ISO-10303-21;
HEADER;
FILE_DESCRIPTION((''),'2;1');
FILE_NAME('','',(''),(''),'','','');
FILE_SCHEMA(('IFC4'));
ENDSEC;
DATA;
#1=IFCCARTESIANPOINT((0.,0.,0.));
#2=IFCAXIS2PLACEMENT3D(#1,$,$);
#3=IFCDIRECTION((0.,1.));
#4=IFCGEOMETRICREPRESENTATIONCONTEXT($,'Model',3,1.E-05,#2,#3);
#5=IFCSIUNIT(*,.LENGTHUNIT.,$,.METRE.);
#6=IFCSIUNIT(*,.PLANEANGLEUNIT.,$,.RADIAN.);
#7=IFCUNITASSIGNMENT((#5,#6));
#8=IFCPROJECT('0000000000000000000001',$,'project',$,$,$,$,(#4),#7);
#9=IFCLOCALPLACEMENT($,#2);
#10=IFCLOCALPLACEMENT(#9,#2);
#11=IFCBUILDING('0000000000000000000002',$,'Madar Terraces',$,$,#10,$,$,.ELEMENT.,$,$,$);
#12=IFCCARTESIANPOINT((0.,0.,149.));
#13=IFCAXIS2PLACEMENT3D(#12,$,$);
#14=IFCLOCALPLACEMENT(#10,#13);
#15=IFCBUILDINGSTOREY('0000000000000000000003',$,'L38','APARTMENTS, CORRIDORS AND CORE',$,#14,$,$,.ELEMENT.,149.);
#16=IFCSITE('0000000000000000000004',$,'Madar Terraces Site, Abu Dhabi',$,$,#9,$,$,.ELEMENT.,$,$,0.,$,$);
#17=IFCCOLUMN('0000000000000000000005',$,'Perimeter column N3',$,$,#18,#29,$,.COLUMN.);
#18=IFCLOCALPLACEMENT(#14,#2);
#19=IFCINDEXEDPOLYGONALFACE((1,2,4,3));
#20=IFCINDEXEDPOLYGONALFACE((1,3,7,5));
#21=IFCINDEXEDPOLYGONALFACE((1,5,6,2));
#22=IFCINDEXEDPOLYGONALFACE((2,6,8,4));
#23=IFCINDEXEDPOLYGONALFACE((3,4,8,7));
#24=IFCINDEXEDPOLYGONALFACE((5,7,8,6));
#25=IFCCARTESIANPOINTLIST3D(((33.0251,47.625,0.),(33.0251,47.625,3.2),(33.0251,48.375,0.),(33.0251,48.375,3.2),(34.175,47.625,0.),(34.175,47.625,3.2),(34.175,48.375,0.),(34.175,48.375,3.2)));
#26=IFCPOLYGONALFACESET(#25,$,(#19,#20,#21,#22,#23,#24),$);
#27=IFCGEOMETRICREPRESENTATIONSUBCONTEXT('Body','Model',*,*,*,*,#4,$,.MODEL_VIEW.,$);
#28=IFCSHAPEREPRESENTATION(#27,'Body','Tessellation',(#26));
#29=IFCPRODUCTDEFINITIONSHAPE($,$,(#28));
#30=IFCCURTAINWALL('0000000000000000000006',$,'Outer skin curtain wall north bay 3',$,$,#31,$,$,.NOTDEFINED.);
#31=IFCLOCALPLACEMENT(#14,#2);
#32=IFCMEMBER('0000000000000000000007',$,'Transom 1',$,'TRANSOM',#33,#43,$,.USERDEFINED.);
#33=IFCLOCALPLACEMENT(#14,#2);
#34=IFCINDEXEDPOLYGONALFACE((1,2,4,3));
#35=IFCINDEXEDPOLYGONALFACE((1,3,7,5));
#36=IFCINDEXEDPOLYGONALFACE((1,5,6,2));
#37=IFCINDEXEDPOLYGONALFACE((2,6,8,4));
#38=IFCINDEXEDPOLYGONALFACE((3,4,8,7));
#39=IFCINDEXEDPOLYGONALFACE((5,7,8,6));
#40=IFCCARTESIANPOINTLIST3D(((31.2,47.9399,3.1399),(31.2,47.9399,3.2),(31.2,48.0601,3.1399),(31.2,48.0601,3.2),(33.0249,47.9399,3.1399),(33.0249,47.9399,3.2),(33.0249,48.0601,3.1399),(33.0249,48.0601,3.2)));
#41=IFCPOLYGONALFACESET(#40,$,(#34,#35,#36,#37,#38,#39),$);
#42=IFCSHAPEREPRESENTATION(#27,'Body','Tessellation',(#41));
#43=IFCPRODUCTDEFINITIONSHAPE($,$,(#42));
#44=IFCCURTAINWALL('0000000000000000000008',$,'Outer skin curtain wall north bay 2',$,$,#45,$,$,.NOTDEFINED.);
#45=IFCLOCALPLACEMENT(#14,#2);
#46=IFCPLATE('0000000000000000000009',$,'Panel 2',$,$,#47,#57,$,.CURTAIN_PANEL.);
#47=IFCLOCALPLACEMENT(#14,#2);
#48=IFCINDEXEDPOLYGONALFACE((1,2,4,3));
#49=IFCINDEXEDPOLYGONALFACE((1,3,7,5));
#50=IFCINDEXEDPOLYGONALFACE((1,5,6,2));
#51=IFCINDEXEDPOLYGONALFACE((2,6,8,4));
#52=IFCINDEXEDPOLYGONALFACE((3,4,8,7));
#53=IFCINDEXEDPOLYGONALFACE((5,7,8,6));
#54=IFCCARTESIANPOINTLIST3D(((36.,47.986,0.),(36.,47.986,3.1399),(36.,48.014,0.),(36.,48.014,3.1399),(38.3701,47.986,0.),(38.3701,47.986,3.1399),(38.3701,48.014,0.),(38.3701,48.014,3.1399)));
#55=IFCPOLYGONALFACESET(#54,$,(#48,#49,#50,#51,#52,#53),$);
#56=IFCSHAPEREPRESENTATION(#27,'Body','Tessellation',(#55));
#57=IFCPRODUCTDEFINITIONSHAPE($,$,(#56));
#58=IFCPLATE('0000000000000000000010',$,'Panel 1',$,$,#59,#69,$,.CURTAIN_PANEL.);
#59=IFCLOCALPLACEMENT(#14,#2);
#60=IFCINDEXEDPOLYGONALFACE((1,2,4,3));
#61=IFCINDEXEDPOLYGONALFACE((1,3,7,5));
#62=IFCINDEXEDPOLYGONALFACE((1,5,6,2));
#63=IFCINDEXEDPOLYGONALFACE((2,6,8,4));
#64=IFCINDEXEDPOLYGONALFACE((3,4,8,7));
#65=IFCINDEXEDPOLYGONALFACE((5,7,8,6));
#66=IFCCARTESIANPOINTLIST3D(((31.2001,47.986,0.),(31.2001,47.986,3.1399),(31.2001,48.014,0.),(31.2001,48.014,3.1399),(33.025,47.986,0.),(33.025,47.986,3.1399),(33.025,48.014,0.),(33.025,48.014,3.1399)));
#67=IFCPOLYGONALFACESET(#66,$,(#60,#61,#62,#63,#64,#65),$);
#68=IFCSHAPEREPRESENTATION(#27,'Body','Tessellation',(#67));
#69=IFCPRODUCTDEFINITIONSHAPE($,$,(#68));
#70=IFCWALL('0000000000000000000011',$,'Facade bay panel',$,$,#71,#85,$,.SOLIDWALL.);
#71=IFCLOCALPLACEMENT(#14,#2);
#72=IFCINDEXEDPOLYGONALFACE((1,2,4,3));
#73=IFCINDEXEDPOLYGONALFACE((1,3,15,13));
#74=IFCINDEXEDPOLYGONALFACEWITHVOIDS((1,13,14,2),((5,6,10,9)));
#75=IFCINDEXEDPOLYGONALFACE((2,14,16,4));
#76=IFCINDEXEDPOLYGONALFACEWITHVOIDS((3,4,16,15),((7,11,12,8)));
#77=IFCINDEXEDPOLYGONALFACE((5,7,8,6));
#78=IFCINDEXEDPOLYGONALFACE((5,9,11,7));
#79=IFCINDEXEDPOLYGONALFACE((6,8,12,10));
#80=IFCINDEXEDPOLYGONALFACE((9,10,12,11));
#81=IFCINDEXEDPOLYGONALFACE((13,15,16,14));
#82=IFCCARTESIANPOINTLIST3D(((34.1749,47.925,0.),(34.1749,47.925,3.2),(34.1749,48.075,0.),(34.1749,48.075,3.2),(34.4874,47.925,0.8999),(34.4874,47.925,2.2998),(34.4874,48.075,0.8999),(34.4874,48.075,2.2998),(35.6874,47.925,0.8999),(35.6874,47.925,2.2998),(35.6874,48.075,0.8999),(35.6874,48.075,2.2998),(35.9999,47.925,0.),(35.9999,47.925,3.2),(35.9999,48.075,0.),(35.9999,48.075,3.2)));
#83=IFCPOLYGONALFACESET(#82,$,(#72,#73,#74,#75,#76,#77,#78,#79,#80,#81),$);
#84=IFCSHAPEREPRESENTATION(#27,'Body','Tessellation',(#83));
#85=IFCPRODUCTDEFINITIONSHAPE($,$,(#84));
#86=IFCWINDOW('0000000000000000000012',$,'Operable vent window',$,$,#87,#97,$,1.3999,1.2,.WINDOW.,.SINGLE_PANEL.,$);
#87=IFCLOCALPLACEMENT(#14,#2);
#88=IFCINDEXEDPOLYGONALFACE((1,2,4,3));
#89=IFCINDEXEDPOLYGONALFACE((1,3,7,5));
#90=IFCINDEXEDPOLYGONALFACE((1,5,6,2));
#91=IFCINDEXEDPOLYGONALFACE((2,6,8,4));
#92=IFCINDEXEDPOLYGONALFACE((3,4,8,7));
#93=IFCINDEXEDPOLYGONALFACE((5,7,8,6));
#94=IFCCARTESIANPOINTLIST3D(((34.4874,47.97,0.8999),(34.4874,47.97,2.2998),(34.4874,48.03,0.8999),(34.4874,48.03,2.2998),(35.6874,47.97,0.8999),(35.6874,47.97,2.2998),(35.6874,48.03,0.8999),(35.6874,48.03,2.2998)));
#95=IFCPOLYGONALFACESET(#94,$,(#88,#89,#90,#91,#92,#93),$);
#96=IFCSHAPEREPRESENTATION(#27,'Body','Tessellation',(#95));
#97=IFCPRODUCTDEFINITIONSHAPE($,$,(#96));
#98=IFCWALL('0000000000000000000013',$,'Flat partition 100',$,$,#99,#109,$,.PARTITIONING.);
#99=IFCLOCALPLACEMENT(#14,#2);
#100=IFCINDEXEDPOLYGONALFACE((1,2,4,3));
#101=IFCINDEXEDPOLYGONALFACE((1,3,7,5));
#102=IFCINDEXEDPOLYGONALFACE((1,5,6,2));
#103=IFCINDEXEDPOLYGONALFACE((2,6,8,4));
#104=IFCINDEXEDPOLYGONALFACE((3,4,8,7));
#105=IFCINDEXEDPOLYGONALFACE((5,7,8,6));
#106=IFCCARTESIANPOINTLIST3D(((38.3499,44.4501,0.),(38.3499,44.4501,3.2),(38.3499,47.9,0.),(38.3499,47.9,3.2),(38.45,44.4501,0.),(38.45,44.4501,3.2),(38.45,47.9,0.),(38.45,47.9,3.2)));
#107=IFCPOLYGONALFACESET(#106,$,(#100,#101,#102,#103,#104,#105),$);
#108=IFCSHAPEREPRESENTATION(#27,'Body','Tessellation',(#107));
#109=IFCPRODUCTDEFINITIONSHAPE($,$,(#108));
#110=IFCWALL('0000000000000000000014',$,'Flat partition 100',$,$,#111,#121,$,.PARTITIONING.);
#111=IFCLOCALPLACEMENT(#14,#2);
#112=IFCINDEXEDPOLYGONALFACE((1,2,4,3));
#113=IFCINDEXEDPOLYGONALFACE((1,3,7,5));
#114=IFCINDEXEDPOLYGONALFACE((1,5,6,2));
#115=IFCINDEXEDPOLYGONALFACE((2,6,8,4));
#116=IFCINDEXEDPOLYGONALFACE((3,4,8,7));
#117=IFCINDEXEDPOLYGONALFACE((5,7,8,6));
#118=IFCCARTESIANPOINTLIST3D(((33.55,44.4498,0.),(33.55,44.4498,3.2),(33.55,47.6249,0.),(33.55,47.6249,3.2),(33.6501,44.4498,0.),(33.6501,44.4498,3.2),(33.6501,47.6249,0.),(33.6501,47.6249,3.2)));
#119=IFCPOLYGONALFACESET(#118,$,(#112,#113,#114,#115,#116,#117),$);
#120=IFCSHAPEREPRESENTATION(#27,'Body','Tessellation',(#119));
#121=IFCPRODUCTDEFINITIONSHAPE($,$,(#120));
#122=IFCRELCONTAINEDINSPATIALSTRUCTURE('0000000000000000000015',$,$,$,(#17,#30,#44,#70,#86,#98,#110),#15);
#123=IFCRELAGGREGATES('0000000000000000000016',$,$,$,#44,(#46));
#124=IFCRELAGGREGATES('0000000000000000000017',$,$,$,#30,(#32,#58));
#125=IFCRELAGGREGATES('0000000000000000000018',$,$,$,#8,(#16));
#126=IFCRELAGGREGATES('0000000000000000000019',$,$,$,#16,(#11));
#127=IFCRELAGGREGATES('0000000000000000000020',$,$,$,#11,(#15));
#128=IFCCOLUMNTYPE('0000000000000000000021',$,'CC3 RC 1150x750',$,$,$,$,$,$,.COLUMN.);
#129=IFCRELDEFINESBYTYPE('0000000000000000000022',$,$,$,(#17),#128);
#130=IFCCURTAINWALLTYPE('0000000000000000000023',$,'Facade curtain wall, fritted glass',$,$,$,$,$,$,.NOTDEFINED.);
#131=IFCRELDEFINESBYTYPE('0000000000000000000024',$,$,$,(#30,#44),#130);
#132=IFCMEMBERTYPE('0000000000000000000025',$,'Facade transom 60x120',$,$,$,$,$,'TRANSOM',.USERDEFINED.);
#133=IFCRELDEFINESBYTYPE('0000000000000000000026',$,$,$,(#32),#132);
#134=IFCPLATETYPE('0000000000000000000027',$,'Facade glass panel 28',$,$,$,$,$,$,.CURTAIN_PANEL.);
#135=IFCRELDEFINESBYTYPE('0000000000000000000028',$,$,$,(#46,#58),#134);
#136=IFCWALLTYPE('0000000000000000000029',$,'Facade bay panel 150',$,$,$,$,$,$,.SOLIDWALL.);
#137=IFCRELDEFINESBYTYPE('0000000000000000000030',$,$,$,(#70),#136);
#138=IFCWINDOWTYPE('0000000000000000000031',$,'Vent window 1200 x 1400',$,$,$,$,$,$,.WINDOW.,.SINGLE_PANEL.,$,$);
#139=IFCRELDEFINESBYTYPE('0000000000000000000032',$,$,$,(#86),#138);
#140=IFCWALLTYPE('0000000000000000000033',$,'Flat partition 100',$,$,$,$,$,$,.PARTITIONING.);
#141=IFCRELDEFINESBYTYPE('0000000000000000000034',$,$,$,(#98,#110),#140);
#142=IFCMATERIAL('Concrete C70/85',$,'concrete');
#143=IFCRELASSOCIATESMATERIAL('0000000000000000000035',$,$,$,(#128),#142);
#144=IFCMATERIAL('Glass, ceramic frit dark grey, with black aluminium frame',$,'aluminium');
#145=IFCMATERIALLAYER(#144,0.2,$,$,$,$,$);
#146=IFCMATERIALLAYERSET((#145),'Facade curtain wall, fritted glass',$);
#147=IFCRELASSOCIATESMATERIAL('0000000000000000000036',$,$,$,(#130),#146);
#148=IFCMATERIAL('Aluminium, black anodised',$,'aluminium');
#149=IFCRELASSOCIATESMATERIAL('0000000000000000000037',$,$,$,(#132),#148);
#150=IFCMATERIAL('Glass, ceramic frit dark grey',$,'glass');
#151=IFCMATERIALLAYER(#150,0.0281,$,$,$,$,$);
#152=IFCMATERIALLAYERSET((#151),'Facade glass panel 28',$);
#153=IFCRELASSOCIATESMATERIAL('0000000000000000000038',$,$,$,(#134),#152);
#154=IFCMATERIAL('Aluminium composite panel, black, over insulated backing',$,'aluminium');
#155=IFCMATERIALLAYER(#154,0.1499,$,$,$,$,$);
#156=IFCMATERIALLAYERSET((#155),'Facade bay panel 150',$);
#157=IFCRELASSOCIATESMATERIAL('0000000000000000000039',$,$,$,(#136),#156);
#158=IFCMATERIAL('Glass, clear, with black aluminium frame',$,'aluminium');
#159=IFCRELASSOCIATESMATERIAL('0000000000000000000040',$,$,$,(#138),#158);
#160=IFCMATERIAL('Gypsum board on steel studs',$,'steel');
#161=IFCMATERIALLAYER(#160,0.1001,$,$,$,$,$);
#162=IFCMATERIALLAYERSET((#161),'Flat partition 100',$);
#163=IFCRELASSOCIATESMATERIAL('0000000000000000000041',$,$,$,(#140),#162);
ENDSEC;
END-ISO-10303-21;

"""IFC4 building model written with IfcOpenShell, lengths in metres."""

from ifc_helpers import new_model, si_unit, direction, frame, frame_2d, origin, origin_2d, place, context, subcontext, project, spatial, rectangle, extrude, material, layer, layer_set, material_profile, profile_set, type_object, element, fill, aggregate, save


model = new_model("IFC4")

# Units and contexts
model_context = context("Model", 3, precision=1e-05, world=origin(), true_north=direction((0.0, 1.0)))
body_context = subcontext(model_context, "Body", "Model", "MODEL_VIEW")
ifc_project = project(units=[si_unit("LENGTHUNIT", "METRE"), si_unit("PLANEANGLEUNIT", "RADIAN")], contexts=[model_context])

# Site, building, storey
site_placement = place(None, origin())
site = spatial("IfcSite", under=ifc_project, at=site_placement, Name="Madar Terraces Site, Abu Dhabi", CompositionType="ELEMENT", RefElevation=0.0)
building_placement = place(site_placement, origin())
building = spatial("IfcBuilding", under=site, at=building_placement, Name="Madar Terraces", CompositionType="ELEMENT")
storey_placement = place(building_placement, frame((0.0, 0.0, 149.0)))
storey = spatial("IfcBuildingStorey", under=building, at=storey_placement, Name="L38", Description="APARTMENTS, CORRIDORS AND CORE", CompositionType="ELEMENT", Elevation=149.0)

# Column
ifc_material_1 = material(Name="Concrete C70/85", Category="concrete")
ifc_material_profile_1 = material_profile(ifc_material_1, rectangle(XDim=1.1499, YDim=0.75, at=origin_2d()), Name="CC3 RC 1150x750")
ifc_profile_set_1 = profile_set([ifc_material_profile_1], Name="Concrete C70/85")
column_type = type_object("IfcColumnType", Name="CC3 RC 1150x750", PredefinedType="COLUMN", material=ifc_profile_set_1)
column_placement = place(storey_placement, frame((33.6001, 48.0, 0.0), z_axis=(0.0, 0.0, 1.0), x_axis=(1.0, 0.0, 0.0)))
element("IfcColumn", 1, at=column_placement, inside=storey, type_object=column_type, Name="Perimeter column N3", PredefinedType="COLUMN", context=body_context, shape_type="SweptSolid", body=[
    extrude(rectangle(XDim=1.1499, YDim=0.75, at=origin_2d()), origin(), (0.0, 0.0, 1.0), 3.2),
])

# Curtain wall, member
ifc_material_2 = material(Name="Glass, ceramic frit dark grey, with black aluminium frame", Category="aluminium")
ifc_layer_1 = layer(ifc_material_2, 0.2)
ifc_layer_set_1 = layer_set([ifc_layer_1], Name="Facade curtain wall, fritted glass")
curtain_wall_type = type_object("IfcCurtainWallType", Name="Facade curtain wall, fritted glass", PredefinedType="NOTDEFINED", material=ifc_layer_set_1)
curtain_wall_1_placement = place(storey_placement, origin())
curtain_wall_1 = element("IfcCurtainWall", 2, at=curtain_wall_1_placement, inside=storey, type_object=curtain_wall_type, Name="Outer skin curtain wall north bay 3", PredefinedType="NOTDEFINED")
ifc_material_3 = material(Name="Aluminium, black anodised", Category="aluminium")
ifc_material_profile_2 = material_profile(ifc_material_3, rectangle(XDim=0.1201, YDim=0.0601, at=origin_2d()), Name="Facade transom 60x120")
ifc_profile_set_2 = profile_set([ifc_material_profile_2], Name="Aluminium, black anodised")
member_type = type_object("IfcMemberType", Name="Facade transom 60x120", ElementType="TRANSOM", PredefinedType="USERDEFINED", material=ifc_profile_set_2)
member_placement = place(storey_placement, frame((33.0249, 48.0, 3.1699), z_axis=(-1.0, 0.0, 0.0), x_axis=(0.0, -1.0, 0.0)))
member = element("IfcMember", 3, at=member_placement, type_object=member_type, Name="Transom 1", ObjectType="TRANSOM", PredefinedType="USERDEFINED", context=body_context, shape_type="SweptSolid", body=[
    extrude(rectangle(XDim=0.1201, YDim=0.0601, at=origin_2d()), origin(), (0.0, 0.0, 1.0), 1.825),
])

# Curtain wall, plate
curtain_wall_2_placement = place(storey_placement, origin())
curtain_wall_2 = element("IfcCurtainWall", 4, at=curtain_wall_2_placement, inside=storey, type_object=curtain_wall_type, Name="Outer skin curtain wall north bay 2", PredefinedType="NOTDEFINED")
ifc_material_4 = material(Name="Glass, ceramic frit dark grey", Category="glass")
ifc_layer_2 = layer(ifc_material_4, 0.0281)
ifc_layer_set_2 = layer_set([ifc_layer_2], Name="Facade glass panel 28")
plate_type = type_object("IfcPlateType", Name="Facade glass panel 28", PredefinedType="CURTAIN_PANEL", material=ifc_layer_set_2)
plate_1_placement = place(storey_placement, frame((37.1851, 48.0, 0.0), z_axis=(0.0, 0.0, 1.0), x_axis=(-1.0, 0.0, 0.0)))
plate_1 = element("IfcPlate", 5, at=plate_1_placement, type_object=plate_type, Name="Panel 2", PredefinedType="CURTAIN_PANEL", context=body_context, shape_type="SweptSolid", body=[
    extrude(rectangle(XDim=2.3701, YDim=0.0281, at=origin_2d()), origin(), (0.0, 0.0, 1.0), 3.1399),
])
aggregate(curtain_wall_2, [plate_1])

# Plate
plate_2_placement = place(storey_placement, frame((32.1125, 48.0, 0.0), z_axis=(0.0, 0.0, 1.0), x_axis=(-1.0, 0.0, 0.0)))
plate_2 = element("IfcPlate", 6, at=plate_2_placement, type_object=plate_type, Name="Panel 1", PredefinedType="CURTAIN_PANEL", context=body_context, shape_type="SweptSolid", body=[
    extrude(rectangle(XDim=1.825, YDim=0.0281, at=origin_2d()), origin(), (0.0, 0.0, 1.0), 3.1399),
])
aggregate(curtain_wall_1, [member, plate_2])

# Wall, opening, window
ifc_material_5 = material(Name="Aluminium composite panel, black, over insulated backing", Category="aluminium")
ifc_layer_3 = layer(ifc_material_5, 0.1499)
ifc_layer_set_3 = layer_set([ifc_layer_3], Name="Facade bay panel 150")
wall_type_1 = type_object("IfcWallType", Name="Facade bay panel 150", PredefinedType="SOLIDWALL", material=ifc_layer_set_3)
wall_1_placement = place(storey_placement, frame((36.0, 48.0, 0.0), z_axis=(0.0, 0.0, 1.0), x_axis=(-1.0, 0.0, 0.0)))
wall_1 = element("IfcWall", 7, at=wall_1_placement, inside=storey, type_object=wall_type_1, Name="Facade bay panel", PredefinedType="SOLIDWALL", context=body_context, shape_type="SweptSolid", body=[
    extrude(rectangle(XDim=1.825, YDim=0.1499, at=frame_2d((0.9126, 0.0))), origin(), (0.0, 0.0, 1.0), 3.2),
])
opening_1_placement = place(wall_1_placement, frame((0.3125, 0.0, 0.8999)))
opening_1 = element("IfcOpeningElement", 8, at=opening_1_placement, cuts=wall_1, PredefinedType="OPENING", context=body_context, shape_type="SweptSolid", body=[
    extrude(rectangle(XDim=1.2, YDim=1.3999, at=frame_2d((0.6001, 0.7))), frame((0.0, 0.085, 0.0), z_axis=(0.0, -1.0, 0.0), x_axis=(1.0, 0.0, 0.0)), (0.0, 0.0, 1.0), 0.1699),
])
ifc_material_6 = material(Name="Glass, clear, with black aluminium frame", Category="aluminium")
window_type = type_object("IfcWindowType", Name="Vent window 1200 x 1400", PartitioningType="SINGLE_PANEL", PredefinedType="WINDOW", material=ifc_material_6)
window_placement = place(opening_1_placement, origin())
window = element("IfcWindow", 9, at=window_placement, inside=storey, type_object=window_type, Name="Operable vent window", OverallHeight=1.3999, OverallWidth=1.2, PartitioningType="SINGLE_PANEL", PredefinedType="WINDOW", context=body_context, shape_type="SweptSolid", body=[
    extrude(rectangle(XDim=1.2, YDim=1.3999, at=frame_2d((0.6001, 0.7))), frame((0.0, 0.03, 0.0), z_axis=(0.0, -1.0, 0.0), x_axis=(1.0, 0.0, 0.0)), (0.0, 0.0, 1.0), 0.0601),
])
fill(opening_1, window)

# Walls
ifc_material_7 = material(Name="Gypsum board on steel studs", Category="steel")
ifc_layer_4 = layer(ifc_material_7, 0.1001)
ifc_layer_set_4 = layer_set([ifc_layer_4], Name="Flat partition 100")
wall_type_2 = type_object("IfcWallType", Name="Flat partition 100", PredefinedType="PARTITIONING", material=ifc_layer_set_4)
wall_2_placement = place(storey_placement, frame((38.3999, 44.45, 0.0), z_axis=(0.0, 0.0, 1.0), x_axis=(0.0, 1.0, 0.0)))
element("IfcWall", 10, at=wall_2_placement, inside=storey, type_object=wall_type_2, Name="Flat partition 100", PredefinedType="PARTITIONING", context=body_context, shape_type="SweptSolid", body=[
    extrude(rectangle(XDim=3.45, YDim=0.1001, at=frame_2d((1.7251, 0.0))), origin(), (0.0, 0.0, 1.0), 3.2),
])
wall_3_placement = place(storey_placement, frame((33.6001, 44.45, 0.0), z_axis=(0.0, 0.0, 1.0), x_axis=(0.0, 1.0, 0.0)))
element("IfcWall", 11, at=wall_3_placement, inside=storey, type_object=wall_type_2, Name="Flat partition 100", PredefinedType="PARTITIONING", context=body_context, shape_type="SweptSolid", body=[
    extrude(rectangle(XDim=3.175, YDim=0.1001, at=frame_2d((1.5874, 0.0))), origin(), (0.0, 0.0, 1.0), 3.2),
])

save(model, "model.ifc")
